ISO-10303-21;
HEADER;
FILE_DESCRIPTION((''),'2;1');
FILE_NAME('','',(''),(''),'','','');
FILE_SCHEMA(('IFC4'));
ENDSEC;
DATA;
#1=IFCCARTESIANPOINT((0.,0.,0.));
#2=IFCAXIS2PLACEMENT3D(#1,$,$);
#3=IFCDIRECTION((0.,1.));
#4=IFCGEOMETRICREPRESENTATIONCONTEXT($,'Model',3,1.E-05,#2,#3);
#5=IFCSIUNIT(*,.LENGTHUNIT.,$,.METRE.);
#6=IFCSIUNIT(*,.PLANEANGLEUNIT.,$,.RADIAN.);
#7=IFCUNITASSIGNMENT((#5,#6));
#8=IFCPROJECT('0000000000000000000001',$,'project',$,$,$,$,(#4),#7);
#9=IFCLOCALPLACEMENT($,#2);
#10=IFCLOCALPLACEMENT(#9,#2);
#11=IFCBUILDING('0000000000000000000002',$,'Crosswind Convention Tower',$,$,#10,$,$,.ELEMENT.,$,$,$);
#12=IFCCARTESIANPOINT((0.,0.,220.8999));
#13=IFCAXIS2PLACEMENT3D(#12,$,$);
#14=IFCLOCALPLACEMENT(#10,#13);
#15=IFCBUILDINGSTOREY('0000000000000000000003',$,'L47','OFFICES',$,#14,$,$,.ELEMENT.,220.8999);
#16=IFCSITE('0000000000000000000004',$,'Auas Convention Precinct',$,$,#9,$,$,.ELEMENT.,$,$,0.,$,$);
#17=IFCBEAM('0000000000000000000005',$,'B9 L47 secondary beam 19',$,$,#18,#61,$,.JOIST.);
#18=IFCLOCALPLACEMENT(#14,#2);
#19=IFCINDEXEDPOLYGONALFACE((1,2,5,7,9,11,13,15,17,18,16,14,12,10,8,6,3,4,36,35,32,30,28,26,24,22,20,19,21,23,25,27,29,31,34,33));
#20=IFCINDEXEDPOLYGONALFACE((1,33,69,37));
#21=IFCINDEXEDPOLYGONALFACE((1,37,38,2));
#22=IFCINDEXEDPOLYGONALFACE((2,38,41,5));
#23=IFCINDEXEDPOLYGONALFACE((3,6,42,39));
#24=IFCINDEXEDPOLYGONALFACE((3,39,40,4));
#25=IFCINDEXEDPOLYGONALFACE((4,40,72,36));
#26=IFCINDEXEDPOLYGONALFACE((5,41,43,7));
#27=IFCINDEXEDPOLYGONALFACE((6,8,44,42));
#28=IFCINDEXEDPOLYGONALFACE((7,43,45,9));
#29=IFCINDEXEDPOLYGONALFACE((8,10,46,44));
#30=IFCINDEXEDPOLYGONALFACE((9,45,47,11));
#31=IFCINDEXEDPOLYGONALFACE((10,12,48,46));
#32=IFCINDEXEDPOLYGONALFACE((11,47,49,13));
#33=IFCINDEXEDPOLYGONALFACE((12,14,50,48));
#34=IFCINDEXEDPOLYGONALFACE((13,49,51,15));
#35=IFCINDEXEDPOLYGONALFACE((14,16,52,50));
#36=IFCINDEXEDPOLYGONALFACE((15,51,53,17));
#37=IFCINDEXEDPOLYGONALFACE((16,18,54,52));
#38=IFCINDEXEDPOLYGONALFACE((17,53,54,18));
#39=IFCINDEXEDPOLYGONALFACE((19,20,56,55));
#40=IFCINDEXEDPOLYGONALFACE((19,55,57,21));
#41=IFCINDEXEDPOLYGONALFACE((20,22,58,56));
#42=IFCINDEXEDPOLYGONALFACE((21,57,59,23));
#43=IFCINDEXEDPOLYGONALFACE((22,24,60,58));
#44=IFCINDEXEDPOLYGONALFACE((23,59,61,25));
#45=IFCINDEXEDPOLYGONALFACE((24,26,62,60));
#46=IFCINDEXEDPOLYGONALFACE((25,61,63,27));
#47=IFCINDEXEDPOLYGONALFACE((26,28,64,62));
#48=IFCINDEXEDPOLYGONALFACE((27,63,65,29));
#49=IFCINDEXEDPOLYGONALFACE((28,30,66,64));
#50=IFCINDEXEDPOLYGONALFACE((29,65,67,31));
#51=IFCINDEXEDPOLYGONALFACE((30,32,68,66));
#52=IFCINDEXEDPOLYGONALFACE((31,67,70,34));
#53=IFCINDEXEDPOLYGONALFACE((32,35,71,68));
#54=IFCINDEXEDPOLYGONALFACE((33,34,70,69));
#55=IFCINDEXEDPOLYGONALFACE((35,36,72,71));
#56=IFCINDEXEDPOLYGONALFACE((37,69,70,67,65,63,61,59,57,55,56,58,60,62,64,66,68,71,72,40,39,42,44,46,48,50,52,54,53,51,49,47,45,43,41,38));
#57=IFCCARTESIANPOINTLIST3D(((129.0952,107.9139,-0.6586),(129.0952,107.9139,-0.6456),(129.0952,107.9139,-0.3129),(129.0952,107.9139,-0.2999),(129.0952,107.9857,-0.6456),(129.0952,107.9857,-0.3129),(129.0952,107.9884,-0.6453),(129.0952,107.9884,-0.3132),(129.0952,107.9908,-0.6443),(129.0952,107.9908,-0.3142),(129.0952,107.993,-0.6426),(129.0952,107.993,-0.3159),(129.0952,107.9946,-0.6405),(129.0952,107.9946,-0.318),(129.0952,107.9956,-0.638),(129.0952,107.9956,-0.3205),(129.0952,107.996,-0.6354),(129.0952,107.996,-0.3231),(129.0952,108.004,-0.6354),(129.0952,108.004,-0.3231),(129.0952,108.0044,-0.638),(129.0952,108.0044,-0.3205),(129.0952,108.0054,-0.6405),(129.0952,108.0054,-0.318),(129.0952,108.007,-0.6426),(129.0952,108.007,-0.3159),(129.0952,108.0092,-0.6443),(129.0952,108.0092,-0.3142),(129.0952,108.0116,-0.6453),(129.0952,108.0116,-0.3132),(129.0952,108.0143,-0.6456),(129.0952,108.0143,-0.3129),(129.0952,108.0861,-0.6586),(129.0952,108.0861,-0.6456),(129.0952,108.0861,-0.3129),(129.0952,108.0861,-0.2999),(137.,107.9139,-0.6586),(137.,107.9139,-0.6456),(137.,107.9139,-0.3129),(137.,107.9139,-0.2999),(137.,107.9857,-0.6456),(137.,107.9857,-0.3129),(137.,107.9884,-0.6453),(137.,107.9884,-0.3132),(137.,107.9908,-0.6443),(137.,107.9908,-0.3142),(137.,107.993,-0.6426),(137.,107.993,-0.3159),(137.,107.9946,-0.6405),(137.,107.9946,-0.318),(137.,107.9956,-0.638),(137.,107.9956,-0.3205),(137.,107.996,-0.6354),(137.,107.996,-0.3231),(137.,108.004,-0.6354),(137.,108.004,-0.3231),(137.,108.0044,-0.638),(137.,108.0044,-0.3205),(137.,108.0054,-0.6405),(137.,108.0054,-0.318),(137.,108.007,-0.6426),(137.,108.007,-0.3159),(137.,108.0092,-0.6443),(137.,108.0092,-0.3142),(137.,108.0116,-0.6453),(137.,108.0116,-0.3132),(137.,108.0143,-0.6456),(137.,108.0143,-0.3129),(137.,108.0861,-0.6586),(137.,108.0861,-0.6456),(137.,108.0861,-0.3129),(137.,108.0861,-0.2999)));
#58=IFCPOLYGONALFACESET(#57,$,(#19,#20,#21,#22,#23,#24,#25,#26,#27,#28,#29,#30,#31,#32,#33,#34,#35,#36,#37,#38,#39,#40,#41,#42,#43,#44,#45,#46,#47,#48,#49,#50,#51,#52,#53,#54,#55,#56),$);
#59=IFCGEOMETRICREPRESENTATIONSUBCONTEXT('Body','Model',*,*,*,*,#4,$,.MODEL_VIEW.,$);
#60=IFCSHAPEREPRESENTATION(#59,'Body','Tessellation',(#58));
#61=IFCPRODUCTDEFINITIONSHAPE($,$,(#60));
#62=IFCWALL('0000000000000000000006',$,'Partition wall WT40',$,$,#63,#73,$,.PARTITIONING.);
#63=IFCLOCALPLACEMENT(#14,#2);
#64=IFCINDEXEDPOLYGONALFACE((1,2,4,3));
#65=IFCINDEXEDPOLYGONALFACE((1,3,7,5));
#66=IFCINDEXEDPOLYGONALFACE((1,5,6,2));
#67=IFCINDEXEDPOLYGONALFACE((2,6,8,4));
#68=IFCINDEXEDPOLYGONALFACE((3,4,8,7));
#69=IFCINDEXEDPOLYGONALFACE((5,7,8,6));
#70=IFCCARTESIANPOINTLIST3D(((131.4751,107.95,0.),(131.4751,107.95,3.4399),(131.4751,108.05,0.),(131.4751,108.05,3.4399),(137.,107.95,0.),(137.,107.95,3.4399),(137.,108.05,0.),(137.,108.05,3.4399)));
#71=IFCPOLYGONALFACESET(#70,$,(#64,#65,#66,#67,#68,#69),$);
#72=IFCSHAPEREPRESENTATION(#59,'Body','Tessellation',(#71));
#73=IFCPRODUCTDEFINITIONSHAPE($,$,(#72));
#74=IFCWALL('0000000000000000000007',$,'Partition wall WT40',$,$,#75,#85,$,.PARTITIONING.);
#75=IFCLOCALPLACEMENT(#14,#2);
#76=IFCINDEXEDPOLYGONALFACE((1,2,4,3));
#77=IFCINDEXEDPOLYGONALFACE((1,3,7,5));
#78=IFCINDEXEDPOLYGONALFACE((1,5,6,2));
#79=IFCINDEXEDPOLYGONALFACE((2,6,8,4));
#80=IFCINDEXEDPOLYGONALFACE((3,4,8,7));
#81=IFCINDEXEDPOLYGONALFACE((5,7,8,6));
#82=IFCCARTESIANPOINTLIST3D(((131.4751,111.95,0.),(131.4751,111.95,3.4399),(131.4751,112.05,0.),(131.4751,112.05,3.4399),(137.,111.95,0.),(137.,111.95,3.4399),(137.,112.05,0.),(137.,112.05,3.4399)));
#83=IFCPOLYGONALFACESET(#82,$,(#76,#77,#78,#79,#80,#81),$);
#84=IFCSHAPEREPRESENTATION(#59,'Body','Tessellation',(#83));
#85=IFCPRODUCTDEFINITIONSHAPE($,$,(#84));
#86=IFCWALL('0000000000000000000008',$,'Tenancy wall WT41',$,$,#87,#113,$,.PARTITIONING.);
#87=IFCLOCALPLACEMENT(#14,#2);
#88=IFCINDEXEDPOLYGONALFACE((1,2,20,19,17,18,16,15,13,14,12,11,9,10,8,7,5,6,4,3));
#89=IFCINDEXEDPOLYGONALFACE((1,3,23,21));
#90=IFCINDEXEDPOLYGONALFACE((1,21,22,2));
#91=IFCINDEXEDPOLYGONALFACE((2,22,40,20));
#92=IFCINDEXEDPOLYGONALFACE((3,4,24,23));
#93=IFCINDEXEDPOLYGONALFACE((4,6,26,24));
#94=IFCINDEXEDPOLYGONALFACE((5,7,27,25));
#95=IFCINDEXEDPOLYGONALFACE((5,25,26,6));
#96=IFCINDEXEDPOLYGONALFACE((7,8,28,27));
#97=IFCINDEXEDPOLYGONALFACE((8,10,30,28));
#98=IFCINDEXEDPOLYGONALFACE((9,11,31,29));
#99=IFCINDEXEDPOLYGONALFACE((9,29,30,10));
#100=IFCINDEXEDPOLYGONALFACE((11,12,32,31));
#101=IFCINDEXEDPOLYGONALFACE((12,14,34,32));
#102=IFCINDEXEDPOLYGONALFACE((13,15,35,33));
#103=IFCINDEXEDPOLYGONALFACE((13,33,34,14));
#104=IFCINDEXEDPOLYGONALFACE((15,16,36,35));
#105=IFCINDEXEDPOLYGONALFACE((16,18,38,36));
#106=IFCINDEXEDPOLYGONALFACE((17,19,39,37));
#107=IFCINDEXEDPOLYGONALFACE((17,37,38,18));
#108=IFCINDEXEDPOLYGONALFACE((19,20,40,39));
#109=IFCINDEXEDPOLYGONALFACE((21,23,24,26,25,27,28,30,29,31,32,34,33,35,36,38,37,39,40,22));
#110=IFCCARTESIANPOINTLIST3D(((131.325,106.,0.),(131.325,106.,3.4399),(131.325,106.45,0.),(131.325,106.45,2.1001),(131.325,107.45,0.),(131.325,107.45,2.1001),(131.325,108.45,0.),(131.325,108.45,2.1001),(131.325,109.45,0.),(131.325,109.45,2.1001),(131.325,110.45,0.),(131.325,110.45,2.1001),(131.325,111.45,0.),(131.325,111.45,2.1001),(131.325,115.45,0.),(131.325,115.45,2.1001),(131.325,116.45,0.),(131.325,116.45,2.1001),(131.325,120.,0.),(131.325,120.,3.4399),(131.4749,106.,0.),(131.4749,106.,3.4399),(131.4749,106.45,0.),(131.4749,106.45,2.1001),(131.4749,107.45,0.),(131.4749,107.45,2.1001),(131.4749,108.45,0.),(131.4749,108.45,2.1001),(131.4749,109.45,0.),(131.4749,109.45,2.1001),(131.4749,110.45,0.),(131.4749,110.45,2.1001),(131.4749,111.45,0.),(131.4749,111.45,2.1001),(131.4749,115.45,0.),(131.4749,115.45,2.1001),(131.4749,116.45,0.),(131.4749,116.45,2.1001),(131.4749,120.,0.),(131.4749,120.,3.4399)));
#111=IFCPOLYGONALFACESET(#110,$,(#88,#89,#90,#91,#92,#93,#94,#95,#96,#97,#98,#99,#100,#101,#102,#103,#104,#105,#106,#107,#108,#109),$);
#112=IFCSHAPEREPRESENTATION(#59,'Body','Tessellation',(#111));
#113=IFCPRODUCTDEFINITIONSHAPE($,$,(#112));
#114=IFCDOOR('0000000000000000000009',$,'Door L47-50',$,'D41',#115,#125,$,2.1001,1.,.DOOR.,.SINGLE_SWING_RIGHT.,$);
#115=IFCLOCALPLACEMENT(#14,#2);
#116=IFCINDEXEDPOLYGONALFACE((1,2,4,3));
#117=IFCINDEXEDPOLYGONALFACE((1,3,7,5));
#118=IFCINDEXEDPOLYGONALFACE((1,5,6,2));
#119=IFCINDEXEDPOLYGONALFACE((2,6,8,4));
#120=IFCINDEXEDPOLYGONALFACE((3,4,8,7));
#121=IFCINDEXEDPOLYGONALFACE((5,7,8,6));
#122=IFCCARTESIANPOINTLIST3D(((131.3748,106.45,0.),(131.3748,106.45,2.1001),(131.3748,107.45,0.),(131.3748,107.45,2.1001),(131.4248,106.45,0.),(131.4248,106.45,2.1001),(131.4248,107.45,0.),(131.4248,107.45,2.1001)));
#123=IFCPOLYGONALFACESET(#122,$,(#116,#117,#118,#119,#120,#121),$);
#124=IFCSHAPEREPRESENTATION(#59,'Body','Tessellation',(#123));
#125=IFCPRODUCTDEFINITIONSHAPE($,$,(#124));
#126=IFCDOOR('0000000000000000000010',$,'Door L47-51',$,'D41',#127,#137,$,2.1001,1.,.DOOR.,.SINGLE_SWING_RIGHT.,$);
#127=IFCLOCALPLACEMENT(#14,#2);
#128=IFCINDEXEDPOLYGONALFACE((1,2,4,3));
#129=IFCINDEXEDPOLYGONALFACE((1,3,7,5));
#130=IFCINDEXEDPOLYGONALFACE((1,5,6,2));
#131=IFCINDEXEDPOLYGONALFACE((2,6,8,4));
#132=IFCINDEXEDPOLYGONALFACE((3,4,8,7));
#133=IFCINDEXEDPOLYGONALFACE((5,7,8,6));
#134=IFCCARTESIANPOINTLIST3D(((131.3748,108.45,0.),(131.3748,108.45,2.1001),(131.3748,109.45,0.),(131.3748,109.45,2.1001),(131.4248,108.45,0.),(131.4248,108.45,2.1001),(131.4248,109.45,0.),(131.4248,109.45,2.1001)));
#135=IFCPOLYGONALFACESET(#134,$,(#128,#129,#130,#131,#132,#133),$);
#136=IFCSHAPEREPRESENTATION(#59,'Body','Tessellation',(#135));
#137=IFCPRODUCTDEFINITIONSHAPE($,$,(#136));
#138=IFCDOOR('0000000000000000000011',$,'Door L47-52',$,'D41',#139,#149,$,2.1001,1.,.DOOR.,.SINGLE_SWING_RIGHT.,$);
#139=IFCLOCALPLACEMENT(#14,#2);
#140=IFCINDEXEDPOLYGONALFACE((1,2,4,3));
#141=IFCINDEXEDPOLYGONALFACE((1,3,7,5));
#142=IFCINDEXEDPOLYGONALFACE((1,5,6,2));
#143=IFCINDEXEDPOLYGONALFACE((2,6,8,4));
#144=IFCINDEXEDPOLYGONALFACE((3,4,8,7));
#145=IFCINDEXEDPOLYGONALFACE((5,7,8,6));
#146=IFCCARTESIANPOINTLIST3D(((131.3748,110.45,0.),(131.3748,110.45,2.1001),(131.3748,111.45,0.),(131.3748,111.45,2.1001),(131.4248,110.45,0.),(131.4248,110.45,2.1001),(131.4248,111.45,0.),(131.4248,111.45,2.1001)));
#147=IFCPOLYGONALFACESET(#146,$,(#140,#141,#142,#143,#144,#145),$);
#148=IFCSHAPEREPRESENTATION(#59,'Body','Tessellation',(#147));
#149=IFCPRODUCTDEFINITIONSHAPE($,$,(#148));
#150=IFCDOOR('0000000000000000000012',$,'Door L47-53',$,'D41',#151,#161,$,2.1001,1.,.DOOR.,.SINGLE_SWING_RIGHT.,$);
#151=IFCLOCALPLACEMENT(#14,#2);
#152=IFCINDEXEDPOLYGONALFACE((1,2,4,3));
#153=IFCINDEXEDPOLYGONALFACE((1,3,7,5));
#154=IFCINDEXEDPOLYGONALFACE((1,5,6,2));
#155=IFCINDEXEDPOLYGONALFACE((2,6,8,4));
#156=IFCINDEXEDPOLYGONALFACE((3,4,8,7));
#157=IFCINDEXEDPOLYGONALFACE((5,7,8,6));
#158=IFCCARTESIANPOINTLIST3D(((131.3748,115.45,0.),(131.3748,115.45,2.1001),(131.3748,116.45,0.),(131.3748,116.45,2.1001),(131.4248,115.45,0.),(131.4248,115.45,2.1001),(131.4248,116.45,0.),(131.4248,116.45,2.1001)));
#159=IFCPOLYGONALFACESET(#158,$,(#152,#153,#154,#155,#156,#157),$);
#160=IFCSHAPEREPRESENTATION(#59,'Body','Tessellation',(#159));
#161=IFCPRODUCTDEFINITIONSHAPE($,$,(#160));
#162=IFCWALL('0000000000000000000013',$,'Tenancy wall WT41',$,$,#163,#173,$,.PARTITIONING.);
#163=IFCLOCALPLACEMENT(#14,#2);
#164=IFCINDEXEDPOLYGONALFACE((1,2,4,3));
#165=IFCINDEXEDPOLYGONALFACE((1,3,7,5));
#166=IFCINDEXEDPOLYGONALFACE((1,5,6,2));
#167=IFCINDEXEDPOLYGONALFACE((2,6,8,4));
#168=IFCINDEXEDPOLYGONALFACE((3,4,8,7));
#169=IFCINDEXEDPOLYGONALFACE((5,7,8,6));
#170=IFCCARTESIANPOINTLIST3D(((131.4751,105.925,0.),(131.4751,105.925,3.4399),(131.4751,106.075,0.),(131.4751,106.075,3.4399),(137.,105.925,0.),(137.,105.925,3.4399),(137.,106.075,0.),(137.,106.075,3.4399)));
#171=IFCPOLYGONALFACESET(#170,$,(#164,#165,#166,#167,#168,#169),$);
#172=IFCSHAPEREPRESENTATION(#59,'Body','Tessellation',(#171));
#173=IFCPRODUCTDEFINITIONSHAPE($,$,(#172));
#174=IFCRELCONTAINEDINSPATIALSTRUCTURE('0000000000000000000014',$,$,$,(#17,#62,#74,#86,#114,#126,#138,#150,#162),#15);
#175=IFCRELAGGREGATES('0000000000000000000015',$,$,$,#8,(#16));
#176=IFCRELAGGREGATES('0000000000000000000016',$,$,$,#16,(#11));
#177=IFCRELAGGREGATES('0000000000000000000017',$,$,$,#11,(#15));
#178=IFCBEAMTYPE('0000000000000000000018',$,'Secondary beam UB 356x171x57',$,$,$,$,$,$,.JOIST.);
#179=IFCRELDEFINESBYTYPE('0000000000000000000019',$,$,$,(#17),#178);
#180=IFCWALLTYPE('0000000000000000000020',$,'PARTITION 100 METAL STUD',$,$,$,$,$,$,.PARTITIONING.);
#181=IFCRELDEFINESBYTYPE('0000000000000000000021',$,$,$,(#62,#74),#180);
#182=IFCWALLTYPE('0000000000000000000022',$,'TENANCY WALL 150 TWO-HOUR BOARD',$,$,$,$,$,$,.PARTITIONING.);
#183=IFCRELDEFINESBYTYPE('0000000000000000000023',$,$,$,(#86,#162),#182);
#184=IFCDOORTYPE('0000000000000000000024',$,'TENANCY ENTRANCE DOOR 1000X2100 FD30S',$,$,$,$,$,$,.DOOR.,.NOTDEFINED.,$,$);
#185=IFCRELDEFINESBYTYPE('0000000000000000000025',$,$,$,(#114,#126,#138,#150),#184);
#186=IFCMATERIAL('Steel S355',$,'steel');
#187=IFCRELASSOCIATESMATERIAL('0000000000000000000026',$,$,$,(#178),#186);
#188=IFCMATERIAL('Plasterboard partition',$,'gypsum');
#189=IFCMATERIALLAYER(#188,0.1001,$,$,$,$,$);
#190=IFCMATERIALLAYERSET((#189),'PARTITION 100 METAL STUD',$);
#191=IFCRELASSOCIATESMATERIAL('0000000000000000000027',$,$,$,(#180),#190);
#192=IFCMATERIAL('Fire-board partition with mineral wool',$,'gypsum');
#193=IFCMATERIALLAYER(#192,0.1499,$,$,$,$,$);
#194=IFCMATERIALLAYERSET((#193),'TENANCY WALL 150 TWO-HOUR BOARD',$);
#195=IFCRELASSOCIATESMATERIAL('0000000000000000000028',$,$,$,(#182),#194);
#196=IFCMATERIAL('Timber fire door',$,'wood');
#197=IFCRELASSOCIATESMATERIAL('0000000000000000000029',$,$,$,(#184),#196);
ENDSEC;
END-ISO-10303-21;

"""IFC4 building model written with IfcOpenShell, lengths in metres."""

from ifc_helpers import new_model, si_unit, direction, frame, frame_2d, origin, origin_2d, place, context, subcontext, project, spatial, rectangle, i_section, extrude, material, layer, layer_set, material_profile, profile_set, type_object, element, fill, save


model = new_model("IFC4")

# Units and contexts
model_context = context("Model", 3, precision=1e-05, world=origin(), true_north=direction((0.0, 1.0)))
body_context = subcontext(model_context, "Body", "Model", "MODEL_VIEW")
ifc_project = project(units=[si_unit("LENGTHUNIT", "METRE"), si_unit("PLANEANGLEUNIT", "RADIAN")], contexts=[model_context])

# Site, building, storey
site_placement = place(None, origin())
site = spatial("IfcSite", under=ifc_project, at=site_placement, Name="Auas Convention Precinct", CompositionType="ELEMENT", RefElevation=0.0)
building_placement = place(site_placement, origin())
building = spatial("IfcBuilding", under=site, at=building_placement, Name="Crosswind Convention Tower", CompositionType="ELEMENT")
storey_placement = place(building_placement, frame((0.0, 0.0, 220.8999)))
storey = spatial("IfcBuildingStorey", under=building, at=storey_placement, Name="L47", Description="OFFICES", CompositionType="ELEMENT", Elevation=220.8999)

# Beam
ifc_material_1 = material(Name="Steel S355", Category="steel")
ifc_material_profile_1 = material_profile(ifc_material_1, i_section(OverallWidth=0.1721, OverallDepth=0.3586, WebThickness=0.0081, FlangeThickness=0.0129, FilletRadius=0.0103, at=origin_2d()), Name="UB 356x171x57")
ifc_profile_set_1 = profile_set([ifc_material_profile_1], Name="Steel S355")
beam_type_1 = type_object("IfcBeamType", Name="Secondary beam UB 356x171x57", PredefinedType="JOIST", material=ifc_profile_set_1)
beam_1_placement = place(storey_placement, frame((129.0952, 108.0, -0.4792), z_axis=(1.0, 0.0, 0.0), x_axis=(0.0, 1.0, 0.0)))
element("IfcBeam", 1, at=beam_1_placement, inside=storey, type_object=beam_type_1, Name="B9 L47 secondary beam 19", PredefinedType="JOIST", context=body_context, shape_type="SweptSolid", body=[
    extrude(i_section(OverallWidth=0.1721, OverallDepth=0.3586, WebThickness=0.0081, FlangeThickness=0.0129, FilletRadius=0.0103, at=origin_2d()), origin(), (0.0, 0.0, 1.0), 7.9048),
])

# Walls
ifc_material_2 = material(Name="Plasterboard partition", Category="gypsum")
ifc_layer_1 = layer(ifc_material_2, 0.1001)
ifc_layer_set_1 = layer_set([ifc_layer_1], Name="PARTITION 100 METAL STUD")
wall_type_1 = type_object("IfcWallType", Name="PARTITION 100 METAL STUD", PredefinedType="PARTITIONING", material=ifc_layer_set_1)
for number, where, z_axis, x_axis, name in (
    (2, (131.4751, 108.0, 0.0), (0.0, 0.0, 1.0), (1.0, 0.0, 0.0), "Partition wall WT40"),
    (3, (131.4751, 112.0, 0.0), (0.0, 0.0, 1.0), (1.0, 0.0, 0.0), "Partition wall WT40"),
):
    element("IfcWall", number, at=place(storey_placement, frame(where, z_axis=z_axis, x_axis=x_axis)), inside=storey, type_object=wall_type_1, Name=name, PredefinedType="PARTITIONING", context=body_context, shape_type="SweptSolid", body=[
        extrude(rectangle(XDim=5.5249, YDim=0.1001, at=frame_2d((2.7625, 0.0))), origin(), (0.0, 0.0, 1.0), 3.4399),
    ])

# Wall, openings, doors
ifc_material_3 = material(Name="Fire-board partition with mineral wool", Category="gypsum")
ifc_layer_2 = layer(ifc_material_3, 0.1499)
ifc_layer_set_2 = layer_set([ifc_layer_2], Name="TENANCY WALL 150 TWO-HOUR BOARD")
wall_type_2 = type_object("IfcWallType", Name="TENANCY WALL 150 TWO-HOUR BOARD", PredefinedType="PARTITIONING", material=ifc_layer_set_2)
wall_1_placement = place(storey_placement, frame((131.3999, 106.0, 0.0), z_axis=(0.0, 0.0, 1.0), x_axis=(0.0, 1.0, 0.0)))
wall_1 = element("IfcWall", 4, at=wall_1_placement, inside=storey, type_object=wall_type_2, Name="Tenancy wall WT41", PredefinedType="PARTITIONING", context=body_context, shape_type="SweptSolid", body=[
    extrude(rectangle(XDim=14.0, YDim=0.1499, at=frame_2d((7.0, 0.0))), origin(), (0.0, 0.0, 1.0), 3.4399),
])
opening_1_placement = place(wall_1_placement, frame((0.45, 0.0, 0.0)))
opening_1 = element("IfcOpeningElement", 5, at=opening_1_placement, cuts=wall_1, PredefinedType="OPENING", context=body_context, shape_type="SweptSolid", body=[
    extrude(rectangle(XDim=1.0, YDim=2.1001, at=frame_2d((0.5, 1.05))), frame((0.0, 0.085, 0.0), z_axis=(0.0, -1.0, 0.0), x_axis=(1.0, 0.0, 0.0)), (0.0, 0.0, 1.0), 0.1699),
])
opening_2_placement = place(wall_1_placement, frame((2.45, 0.0, 0.0)))
opening_2 = element("IfcOpeningElement", 6, at=opening_2_placement, cuts=wall_1, PredefinedType="OPENING", context=body_context, shape_type="SweptSolid", body=[
    extrude(rectangle(XDim=1.0, YDim=2.1001, at=frame_2d((0.5, 1.05))), frame((0.0, 0.085, 0.0), z_axis=(0.0, -1.0, 0.0), x_axis=(1.0, 0.0, 0.0)), (0.0, 0.0, 1.0), 0.1699),
])
opening_3_placement = place(wall_1_placement, frame((4.45, 0.0, 0.0)))
opening_3 = element("IfcOpeningElement", 7, at=opening_3_placement, cuts=wall_1, PredefinedType="OPENING", context=body_context, shape_type="SweptSolid", body=[
    extrude(rectangle(XDim=1.0, YDim=2.1001, at=frame_2d((0.5, 1.05))), frame((0.0, 0.085, 0.0), z_axis=(0.0, -1.0, 0.0), x_axis=(1.0, 0.0, 0.0)), (0.0, 0.0, 1.0), 0.1699),
])
opening_4_placement = place(wall_1_placement, frame((9.45, 0.0, 0.0)))
opening_4 = element("IfcOpeningElement", 8, at=opening_4_placement, cuts=wall_1, PredefinedType="OPENING", context=body_context, shape_type="SweptSolid", body=[
    extrude(rectangle(XDim=1.0, YDim=2.1001, at=frame_2d((0.5, 1.05))), frame((0.0, 0.085, 0.0), z_axis=(0.0, -1.0, 0.0), x_axis=(1.0, 0.0, 0.0)), (0.0, 0.0, 1.0), 0.1699),
])
ifc_material_4 = material(Name="Timber fire door", Category="wood")
door_type = type_object("IfcDoorType", Name="TENANCY ENTRANCE DOOR 1000X2100 FD30S", OperationType="NOTDEFINED", PredefinedType="DOOR", material=ifc_material_4)
door_1_placement = place(opening_1_placement, frame((1.0, 0.0, 0.0), z_axis=(0.0, 0.0, 1.0), x_axis=(-1.0, 0.0, 0.0)))
door_1 = element("IfcDoor", 9, at=door_1_placement, inside=storey, type_object=door_type, Name="Door L47-50", ObjectType="D41", OperationType="SINGLE_SWING_RIGHT", OverallHeight=2.1001, OverallWidth=1.0, PredefinedType="DOOR", context=body_context, shape_type="SweptSolid", body=[
    extrude(rectangle(XDim=1.0, YDim=2.1001, at=frame_2d((0.5, 1.05))), frame((0.0, 0.0249, 0.0), z_axis=(0.0, -1.0, 0.0), x_axis=(1.0, 0.0, 0.0)), (0.0, 0.0, 1.0), 0.05),
])
fill(opening_1, door_1)
door_2_placement = place(opening_2_placement, frame((1.0, 0.0, 0.0), z_axis=(0.0, 0.0, 1.0), x_axis=(-1.0, 0.0, 0.0)))
door_2 = element("IfcDoor", 10, at=door_2_placement, inside=storey, type_object=door_type, Name="Door L47-51", ObjectType="D41", OperationType="SINGLE_SWING_RIGHT", OverallHeight=2.1001, OverallWidth=1.0, PredefinedType="DOOR", context=body_context, shape_type="SweptSolid", body=[
    extrude(rectangle(XDim=1.0, YDim=2.1001, at=frame_2d((0.5, 1.05))), frame((0.0, 0.0249, 0.0), z_axis=(0.0, -1.0, 0.0), x_axis=(1.0, 0.0, 0.0)), (0.0, 0.0, 1.0), 0.05),
])
fill(opening_2, door_2)
door_3_placement = place(opening_3_placement, frame((1.0, 0.0, 0.0), z_axis=(0.0, 0.0, 1.0), x_axis=(-1.0, 0.0, 0.0)))
door_3 = element("IfcDoor", 11, at=door_3_placement, inside=storey, type_object=door_type, Name="Door L47-52", ObjectType="D41", OperationType="SINGLE_SWING_RIGHT", OverallHeight=2.1001, OverallWidth=1.0, PredefinedType="DOOR", context=body_context, shape_type="SweptSolid", body=[
    extrude(rectangle(XDim=1.0, YDim=2.1001, at=frame_2d((0.5, 1.05))), frame((0.0, 0.0249, 0.0), z_axis=(0.0, -1.0, 0.0), x_axis=(1.0, 0.0, 0.0)), (0.0, 0.0, 1.0), 0.05),
])
fill(opening_3, door_3)
door_4_placement = place(opening_4_placement, frame((1.0, 0.0, 0.0), z_axis=(0.0, 0.0, 1.0), x_axis=(-1.0, 0.0, 0.0)))
door_4 = element("IfcDoor", 12, at=door_4_placement, inside=storey, type_object=door_type, Name="Door L47-53", ObjectType="D41", OperationType="SINGLE_SWING_RIGHT", OverallHeight=2.1001, OverallWidth=1.0, PredefinedType="DOOR", context=body_context, shape_type="SweptSolid", body=[
    extrude(rectangle(XDim=1.0, YDim=2.1001, at=frame_2d((0.5, 1.05))), frame((0.0, 0.0249, 0.0), z_axis=(0.0, -1.0, 0.0), x_axis=(1.0, 0.0, 0.0)), (0.0, 0.0, 1.0), 0.05),
])
fill(opening_4, door_4)

# Wall
for number, where, z_axis, x_axis, name in (
    (13, (131.4751, 106.0, 0.0), (0.0, 0.0, 1.0), (1.0, 0.0, 0.0), "Tenancy wall WT41"),
):
    element("IfcWall", number, at=place(storey_placement, frame(where, z_axis=z_axis, x_axis=x_axis)), inside=storey, type_object=wall_type_2, Name=name, PredefinedType="PARTITIONING", context=body_context, shape_type="SweptSolid", body=[
        extrude(rectangle(XDim=5.5249, YDim=0.1499, at=frame_2d((2.7625, 0.0))), origin(), (0.0, 0.0, 1.0), 3.4399),
    ])

save(model, "model.ifc")
